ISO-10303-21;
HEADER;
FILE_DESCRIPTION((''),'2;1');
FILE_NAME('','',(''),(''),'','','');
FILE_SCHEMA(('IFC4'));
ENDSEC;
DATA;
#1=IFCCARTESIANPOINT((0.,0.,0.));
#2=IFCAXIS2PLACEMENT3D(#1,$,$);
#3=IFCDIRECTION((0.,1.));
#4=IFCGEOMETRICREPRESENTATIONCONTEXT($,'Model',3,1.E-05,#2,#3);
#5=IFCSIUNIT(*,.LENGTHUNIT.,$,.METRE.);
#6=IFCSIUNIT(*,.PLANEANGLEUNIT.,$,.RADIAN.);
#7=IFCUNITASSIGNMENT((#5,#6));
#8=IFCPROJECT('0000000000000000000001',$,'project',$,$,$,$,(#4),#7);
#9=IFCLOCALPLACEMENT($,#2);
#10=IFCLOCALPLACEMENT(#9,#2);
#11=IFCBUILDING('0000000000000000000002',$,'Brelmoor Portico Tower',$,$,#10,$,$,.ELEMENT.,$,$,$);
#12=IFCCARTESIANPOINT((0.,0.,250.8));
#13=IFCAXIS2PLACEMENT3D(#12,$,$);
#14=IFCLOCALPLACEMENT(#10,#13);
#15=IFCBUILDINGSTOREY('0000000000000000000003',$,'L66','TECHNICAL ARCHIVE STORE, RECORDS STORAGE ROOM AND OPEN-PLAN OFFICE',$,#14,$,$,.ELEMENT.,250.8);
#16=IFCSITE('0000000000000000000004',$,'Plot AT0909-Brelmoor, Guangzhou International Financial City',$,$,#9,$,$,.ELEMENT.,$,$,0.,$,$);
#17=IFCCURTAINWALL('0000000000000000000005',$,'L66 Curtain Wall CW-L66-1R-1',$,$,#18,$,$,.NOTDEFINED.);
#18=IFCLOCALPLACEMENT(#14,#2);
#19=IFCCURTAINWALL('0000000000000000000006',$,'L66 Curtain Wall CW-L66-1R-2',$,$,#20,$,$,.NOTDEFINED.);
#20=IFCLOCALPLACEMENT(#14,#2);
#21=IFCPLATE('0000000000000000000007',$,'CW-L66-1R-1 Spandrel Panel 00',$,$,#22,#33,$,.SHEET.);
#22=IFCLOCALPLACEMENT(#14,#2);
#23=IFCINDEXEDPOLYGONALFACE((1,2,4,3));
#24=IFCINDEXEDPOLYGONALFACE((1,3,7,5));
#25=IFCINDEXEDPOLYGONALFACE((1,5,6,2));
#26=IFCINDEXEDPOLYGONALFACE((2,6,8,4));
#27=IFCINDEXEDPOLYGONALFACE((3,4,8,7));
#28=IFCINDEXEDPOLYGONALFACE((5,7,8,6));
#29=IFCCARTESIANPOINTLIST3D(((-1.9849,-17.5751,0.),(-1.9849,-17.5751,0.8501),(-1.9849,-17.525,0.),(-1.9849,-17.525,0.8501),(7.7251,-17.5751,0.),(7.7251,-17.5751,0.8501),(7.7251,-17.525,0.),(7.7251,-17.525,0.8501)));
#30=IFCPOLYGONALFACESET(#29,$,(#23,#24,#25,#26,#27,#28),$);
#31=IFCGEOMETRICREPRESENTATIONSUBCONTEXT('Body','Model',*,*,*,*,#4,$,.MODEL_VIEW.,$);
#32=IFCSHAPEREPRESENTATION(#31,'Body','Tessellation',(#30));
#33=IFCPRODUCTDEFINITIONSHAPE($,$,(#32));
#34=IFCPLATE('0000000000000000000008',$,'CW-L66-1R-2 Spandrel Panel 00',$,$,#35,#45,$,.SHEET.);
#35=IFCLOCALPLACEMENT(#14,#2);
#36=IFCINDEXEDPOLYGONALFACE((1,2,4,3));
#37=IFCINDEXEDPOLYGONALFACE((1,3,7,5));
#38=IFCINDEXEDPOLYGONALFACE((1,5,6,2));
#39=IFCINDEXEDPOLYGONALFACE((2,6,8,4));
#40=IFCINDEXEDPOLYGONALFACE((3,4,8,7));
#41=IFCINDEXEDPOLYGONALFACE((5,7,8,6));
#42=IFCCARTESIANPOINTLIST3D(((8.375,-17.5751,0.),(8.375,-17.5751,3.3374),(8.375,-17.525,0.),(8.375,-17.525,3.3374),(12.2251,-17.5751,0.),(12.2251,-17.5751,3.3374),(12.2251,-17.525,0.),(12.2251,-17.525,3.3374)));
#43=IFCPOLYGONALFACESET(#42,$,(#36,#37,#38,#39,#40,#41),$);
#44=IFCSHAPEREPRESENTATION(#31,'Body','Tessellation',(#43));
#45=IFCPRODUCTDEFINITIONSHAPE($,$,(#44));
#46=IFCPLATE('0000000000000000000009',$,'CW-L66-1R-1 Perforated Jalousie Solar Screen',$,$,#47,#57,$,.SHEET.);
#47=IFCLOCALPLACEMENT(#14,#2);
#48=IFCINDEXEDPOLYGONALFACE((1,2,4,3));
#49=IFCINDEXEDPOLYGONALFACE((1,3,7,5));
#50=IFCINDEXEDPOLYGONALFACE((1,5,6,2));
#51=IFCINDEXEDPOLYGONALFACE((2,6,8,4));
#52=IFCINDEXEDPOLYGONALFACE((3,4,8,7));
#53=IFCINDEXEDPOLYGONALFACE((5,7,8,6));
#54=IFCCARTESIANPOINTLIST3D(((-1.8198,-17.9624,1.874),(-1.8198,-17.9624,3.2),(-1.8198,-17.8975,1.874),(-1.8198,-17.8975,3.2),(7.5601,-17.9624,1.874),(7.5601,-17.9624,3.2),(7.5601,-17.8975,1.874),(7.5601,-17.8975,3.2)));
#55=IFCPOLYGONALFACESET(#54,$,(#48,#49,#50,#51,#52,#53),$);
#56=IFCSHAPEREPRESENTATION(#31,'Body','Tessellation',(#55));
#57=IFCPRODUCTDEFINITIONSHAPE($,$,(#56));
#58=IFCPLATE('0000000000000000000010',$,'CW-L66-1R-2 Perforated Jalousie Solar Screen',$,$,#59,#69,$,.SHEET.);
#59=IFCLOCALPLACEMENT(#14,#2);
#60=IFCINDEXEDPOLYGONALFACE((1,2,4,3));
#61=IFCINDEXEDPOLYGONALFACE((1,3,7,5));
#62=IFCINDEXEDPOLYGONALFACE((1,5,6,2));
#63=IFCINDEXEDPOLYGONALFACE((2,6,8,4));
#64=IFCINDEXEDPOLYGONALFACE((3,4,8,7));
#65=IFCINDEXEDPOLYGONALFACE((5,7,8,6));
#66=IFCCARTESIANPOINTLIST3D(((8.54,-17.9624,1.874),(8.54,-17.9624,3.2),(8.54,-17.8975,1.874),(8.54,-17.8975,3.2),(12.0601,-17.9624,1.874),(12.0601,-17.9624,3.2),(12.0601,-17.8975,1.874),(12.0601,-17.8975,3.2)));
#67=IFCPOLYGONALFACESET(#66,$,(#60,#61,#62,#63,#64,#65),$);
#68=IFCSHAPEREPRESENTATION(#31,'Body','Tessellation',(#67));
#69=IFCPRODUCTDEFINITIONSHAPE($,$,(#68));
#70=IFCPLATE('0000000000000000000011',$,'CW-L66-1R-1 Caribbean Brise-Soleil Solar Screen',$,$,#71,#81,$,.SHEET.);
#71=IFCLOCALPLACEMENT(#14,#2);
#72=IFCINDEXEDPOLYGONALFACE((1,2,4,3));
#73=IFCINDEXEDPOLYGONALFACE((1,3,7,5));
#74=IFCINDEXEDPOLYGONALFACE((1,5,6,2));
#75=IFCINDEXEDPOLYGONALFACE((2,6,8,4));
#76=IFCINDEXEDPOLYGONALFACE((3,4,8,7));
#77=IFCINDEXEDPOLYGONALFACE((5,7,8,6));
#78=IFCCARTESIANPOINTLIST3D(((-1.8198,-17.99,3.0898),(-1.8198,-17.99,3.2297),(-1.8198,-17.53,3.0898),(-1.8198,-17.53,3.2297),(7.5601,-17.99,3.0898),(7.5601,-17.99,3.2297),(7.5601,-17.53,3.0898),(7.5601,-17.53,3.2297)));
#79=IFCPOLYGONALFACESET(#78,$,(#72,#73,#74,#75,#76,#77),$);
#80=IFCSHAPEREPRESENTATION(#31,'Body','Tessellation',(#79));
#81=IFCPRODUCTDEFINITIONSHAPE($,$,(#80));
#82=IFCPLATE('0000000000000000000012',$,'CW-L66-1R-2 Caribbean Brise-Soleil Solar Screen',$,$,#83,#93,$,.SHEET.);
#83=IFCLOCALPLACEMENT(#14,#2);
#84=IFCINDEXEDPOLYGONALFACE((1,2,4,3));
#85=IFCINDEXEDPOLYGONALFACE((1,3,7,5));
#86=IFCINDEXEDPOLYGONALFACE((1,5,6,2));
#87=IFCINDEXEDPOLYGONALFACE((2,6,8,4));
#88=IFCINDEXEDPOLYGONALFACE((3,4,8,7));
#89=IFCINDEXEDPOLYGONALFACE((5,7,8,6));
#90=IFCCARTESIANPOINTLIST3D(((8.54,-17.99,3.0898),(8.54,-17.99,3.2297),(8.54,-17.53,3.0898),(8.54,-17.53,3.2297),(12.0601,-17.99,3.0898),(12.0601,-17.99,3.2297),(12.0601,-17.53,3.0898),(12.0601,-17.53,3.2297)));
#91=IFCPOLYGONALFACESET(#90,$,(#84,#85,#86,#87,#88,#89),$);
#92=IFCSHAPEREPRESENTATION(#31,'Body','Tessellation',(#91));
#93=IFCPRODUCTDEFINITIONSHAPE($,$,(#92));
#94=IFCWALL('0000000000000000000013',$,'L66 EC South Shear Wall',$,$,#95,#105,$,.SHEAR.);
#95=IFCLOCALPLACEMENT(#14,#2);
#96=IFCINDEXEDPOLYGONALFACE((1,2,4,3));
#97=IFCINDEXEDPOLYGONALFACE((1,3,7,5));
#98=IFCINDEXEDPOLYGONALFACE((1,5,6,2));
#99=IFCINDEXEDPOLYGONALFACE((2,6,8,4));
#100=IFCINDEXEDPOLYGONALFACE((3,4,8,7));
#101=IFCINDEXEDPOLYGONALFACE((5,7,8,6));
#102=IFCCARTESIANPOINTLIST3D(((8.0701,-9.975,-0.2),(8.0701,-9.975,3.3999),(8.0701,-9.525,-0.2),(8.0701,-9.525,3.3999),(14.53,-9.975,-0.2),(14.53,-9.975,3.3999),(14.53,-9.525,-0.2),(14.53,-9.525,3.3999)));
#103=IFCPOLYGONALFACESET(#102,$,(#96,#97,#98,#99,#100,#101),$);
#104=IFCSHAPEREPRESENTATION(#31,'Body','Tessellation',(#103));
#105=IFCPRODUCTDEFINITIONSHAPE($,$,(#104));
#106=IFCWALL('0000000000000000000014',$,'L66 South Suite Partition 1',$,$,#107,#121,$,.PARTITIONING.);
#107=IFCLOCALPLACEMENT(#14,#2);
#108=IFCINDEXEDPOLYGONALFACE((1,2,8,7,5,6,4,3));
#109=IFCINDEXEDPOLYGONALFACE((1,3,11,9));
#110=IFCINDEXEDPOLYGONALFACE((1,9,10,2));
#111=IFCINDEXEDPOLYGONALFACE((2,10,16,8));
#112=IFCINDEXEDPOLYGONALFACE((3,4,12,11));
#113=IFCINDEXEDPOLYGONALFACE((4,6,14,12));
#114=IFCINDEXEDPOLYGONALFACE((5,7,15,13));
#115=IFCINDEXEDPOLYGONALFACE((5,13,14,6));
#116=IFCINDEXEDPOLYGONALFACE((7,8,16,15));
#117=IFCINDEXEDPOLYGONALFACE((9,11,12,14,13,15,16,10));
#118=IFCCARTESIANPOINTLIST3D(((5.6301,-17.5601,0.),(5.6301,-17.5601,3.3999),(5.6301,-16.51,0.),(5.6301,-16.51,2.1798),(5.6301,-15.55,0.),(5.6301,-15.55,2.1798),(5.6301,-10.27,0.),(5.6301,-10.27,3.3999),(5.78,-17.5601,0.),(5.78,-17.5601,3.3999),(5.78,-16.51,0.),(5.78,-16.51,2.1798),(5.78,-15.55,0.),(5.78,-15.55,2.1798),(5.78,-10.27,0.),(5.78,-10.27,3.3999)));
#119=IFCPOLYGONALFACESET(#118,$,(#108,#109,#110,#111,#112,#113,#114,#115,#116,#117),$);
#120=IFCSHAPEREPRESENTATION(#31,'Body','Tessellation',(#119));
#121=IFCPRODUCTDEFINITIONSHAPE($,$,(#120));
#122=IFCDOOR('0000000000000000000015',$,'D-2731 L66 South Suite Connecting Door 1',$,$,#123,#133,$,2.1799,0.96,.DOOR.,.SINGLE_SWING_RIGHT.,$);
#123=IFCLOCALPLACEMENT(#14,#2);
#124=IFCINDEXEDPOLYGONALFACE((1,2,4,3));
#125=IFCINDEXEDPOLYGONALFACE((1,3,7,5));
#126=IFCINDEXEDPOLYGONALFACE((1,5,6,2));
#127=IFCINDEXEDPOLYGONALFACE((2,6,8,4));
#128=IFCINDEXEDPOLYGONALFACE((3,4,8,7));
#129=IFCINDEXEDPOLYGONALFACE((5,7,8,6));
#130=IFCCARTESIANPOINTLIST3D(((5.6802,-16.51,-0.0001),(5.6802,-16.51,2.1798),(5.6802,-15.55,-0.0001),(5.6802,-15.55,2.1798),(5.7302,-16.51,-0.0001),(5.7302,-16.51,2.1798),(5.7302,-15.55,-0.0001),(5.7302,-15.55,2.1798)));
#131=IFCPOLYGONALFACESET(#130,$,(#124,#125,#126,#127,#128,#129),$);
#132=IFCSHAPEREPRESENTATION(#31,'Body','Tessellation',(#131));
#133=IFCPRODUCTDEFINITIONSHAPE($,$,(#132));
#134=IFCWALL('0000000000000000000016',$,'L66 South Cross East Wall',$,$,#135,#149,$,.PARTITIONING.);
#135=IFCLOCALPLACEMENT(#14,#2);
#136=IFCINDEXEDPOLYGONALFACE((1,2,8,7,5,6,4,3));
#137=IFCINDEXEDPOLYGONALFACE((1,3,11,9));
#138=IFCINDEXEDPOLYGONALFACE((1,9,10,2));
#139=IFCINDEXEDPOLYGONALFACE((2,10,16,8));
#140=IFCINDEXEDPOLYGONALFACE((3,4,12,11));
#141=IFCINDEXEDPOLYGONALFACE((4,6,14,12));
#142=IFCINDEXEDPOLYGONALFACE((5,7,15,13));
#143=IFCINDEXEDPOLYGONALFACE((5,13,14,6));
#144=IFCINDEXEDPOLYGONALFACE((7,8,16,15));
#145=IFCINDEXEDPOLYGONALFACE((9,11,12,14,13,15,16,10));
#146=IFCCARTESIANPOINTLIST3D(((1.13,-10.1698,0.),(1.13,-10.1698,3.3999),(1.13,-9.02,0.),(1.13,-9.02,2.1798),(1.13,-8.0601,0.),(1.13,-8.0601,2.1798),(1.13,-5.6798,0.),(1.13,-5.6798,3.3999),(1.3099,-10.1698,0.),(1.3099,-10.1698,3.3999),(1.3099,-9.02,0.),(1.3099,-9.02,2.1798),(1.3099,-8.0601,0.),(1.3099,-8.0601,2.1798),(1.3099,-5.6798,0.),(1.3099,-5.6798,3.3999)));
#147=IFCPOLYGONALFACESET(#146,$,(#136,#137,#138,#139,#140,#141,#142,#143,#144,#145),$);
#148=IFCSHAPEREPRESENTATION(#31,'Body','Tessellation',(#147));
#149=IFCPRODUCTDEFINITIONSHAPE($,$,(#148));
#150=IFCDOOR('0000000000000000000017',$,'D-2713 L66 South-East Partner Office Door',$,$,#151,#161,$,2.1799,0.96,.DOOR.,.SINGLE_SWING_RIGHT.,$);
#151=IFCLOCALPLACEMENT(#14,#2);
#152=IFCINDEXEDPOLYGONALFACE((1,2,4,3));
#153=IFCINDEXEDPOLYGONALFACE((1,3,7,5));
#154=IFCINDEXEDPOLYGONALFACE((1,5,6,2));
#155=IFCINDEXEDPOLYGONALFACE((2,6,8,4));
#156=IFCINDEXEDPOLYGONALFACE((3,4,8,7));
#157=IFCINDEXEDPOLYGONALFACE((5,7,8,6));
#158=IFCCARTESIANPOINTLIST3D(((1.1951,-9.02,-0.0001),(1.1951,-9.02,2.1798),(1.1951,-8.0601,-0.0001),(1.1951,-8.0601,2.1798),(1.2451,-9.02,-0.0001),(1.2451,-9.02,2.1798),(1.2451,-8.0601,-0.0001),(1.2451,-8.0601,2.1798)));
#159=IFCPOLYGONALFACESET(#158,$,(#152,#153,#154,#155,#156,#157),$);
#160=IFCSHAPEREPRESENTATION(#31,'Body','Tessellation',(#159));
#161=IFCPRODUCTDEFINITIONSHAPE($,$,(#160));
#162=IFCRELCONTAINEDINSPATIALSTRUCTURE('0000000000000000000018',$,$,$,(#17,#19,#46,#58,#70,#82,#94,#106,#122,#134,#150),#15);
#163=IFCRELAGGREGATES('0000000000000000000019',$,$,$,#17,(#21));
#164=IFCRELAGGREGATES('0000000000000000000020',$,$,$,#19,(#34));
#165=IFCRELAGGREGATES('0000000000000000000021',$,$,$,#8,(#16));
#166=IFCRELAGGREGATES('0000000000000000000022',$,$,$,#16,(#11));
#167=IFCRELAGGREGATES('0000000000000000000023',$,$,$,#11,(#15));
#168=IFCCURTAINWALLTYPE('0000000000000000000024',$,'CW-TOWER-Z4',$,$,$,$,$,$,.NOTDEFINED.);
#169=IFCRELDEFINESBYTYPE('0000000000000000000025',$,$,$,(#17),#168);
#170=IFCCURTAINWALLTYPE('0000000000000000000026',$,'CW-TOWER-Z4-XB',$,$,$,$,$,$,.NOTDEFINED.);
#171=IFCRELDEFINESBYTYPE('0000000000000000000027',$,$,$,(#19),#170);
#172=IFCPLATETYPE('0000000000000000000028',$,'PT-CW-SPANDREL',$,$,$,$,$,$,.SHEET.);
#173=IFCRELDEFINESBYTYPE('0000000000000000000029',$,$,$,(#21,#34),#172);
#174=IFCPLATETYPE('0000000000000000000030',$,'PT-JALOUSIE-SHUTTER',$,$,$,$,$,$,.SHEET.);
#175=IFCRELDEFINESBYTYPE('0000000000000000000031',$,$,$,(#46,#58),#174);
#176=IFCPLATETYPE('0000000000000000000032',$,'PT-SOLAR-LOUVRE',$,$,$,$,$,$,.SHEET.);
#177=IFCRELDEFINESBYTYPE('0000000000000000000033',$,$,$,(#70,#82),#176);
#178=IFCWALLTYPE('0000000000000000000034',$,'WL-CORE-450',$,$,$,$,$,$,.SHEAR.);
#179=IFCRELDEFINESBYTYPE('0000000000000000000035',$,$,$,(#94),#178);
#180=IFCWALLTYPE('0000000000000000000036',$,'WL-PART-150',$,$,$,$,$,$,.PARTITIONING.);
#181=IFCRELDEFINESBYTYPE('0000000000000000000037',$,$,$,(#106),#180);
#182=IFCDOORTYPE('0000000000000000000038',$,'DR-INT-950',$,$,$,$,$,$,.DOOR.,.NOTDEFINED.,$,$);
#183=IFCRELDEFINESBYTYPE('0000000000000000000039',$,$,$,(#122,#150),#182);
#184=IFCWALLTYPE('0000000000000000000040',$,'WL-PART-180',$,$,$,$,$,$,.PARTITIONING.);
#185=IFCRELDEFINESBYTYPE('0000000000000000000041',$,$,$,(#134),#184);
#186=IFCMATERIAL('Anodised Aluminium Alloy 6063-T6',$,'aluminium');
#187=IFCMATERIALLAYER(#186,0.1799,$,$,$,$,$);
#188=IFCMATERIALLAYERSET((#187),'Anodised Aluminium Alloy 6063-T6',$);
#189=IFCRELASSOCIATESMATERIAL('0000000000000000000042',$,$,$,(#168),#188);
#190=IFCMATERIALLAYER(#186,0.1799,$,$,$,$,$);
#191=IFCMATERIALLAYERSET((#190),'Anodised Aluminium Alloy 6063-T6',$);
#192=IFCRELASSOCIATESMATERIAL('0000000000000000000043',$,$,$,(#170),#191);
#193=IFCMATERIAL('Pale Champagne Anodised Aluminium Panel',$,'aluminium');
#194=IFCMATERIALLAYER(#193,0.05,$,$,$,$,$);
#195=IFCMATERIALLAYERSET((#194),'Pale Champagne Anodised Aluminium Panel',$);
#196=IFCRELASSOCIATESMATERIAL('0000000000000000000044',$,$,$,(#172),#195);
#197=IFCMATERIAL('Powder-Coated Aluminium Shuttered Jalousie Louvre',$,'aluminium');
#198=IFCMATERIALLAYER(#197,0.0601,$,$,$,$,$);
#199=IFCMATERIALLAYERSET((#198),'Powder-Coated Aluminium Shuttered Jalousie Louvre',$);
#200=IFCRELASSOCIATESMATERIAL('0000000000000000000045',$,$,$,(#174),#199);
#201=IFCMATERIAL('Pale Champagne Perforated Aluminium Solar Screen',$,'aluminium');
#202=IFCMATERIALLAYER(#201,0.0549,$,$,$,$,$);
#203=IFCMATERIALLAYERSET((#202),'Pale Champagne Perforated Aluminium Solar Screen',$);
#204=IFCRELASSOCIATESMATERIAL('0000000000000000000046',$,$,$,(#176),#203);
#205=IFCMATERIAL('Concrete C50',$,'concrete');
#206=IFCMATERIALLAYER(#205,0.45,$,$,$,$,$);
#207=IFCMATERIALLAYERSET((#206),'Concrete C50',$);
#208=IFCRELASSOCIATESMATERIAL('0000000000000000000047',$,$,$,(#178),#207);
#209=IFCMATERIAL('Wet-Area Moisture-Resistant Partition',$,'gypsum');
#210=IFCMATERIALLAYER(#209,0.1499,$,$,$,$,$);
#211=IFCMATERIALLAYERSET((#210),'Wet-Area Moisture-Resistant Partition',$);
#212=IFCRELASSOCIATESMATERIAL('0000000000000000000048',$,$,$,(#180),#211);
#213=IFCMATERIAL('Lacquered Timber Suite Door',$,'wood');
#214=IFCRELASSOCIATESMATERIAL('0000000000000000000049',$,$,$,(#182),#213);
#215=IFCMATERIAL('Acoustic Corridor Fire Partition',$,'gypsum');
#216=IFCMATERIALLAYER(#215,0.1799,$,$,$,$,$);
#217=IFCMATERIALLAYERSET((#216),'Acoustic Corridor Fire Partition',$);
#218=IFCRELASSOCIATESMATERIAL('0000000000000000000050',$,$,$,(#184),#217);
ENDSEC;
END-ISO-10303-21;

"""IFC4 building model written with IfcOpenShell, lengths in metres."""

from ifc_helpers import new_model, si_unit, direction, frame, frame_2d, origin, origin_2d, place, context, subcontext, project, spatial, rectangle, extrude, material, layer, layer_set, type_object, element, fill, aggregate, save


model = new_model("IFC4")

# Units and contexts
model_context = context("Model", 3, precision=1e-05, world=origin(), true_north=direction((0.0, 1.0)))
body_context = subcontext(model_context, "Body", "Model", "MODEL_VIEW")
ifc_project = project(units=[si_unit("LENGTHUNIT", "METRE"), si_unit("PLANEANGLEUNIT", "RADIAN")], contexts=[model_context])

# Site, building, storey
site_placement = place(None, origin())
site = spatial("IfcSite", under=ifc_project, at=site_placement, Name="Plot AT0909-Brelmoor, Guangzhou International Financial City", CompositionType="ELEMENT", RefElevation=0.0)
building_placement = place(site_placement, origin())
building = spatial("IfcBuilding", under=site, at=building_placement, Name="Brelmoor Portico Tower", CompositionType="ELEMENT")
storey_placement = place(building_placement, frame((0.0, 0.0, 250.8)))
storey = spatial("IfcBuildingStorey", under=building, at=storey_placement, Name="L66", Description="TECHNICAL ARCHIVE STORE, RECORDS STORAGE ROOM AND OPEN-PLAN OFFICE", CompositionType="ELEMENT", Elevation=250.8)

# Curtain wall
ifc_material_1 = material(Name="Anodised Aluminium Alloy 6063-T6", Category="aluminium")
ifc_layer_1 = layer(ifc_material_1, 0.1799)
ifc_layer_set_1 = layer_set([ifc_layer_1], Name="Anodised Aluminium Alloy 6063-T6")
curtain_wall_type_1 = type_object("IfcCurtainWallType", Name="CW-TOWER-Z4", PredefinedType="NOTDEFINED", material=ifc_layer_set_1)
curtain_wall_1_placement = place(storey_placement, origin())
curtain_wall_1 = element("IfcCurtainWall", 1, at=curtain_wall_1_placement, inside=storey, type_object=curtain_wall_type_1, Name="L66 Curtain Wall CW-L66-1R-1", PredefinedType="NOTDEFINED")

# Curtain wall
ifc_layer_2 = layer(ifc_material_1, 0.1799)
ifc_layer_set_2 = layer_set([ifc_layer_2], Name="Anodised Aluminium Alloy 6063-T6")
curtain_wall_type_2 = type_object("IfcCurtainWallType", Name="CW-TOWER-Z4-XB", PredefinedType="NOTDEFINED", material=ifc_layer_set_2)
curtain_wall_2_placement = place(storey_placement, origin())
curtain_wall_2 = element("IfcCurtainWall", 2, at=curtain_wall_2_placement, inside=storey, type_object=curtain_wall_type_2, Name="L66 Curtain Wall CW-L66-1R-2", PredefinedType="NOTDEFINED")

# Plates
ifc_material_2 = material(Name="Pale Champagne Anodised Aluminium Panel", Category="aluminium")
ifc_layer_3 = layer(ifc_material_2, 0.05)
ifc_layer_set_3 = layer_set([ifc_layer_3], Name="Pale Champagne Anodised Aluminium Panel")
plate_type_1 = type_object("IfcPlateType", Name="PT-CW-SPANDREL", PredefinedType="SHEET", material=ifc_layer_set_3)
plate_1_placement = place(storey_placement, frame((2.8701, -17.55, 0.0), z_axis=(0.0, 0.0, 1.0), x_axis=(1.0, 0.0, 0.0)))
plate_1 = element("IfcPlate", 3, at=plate_1_placement, type_object=plate_type_1, Name="CW-L66-1R-1 Spandrel Panel 00", PredefinedType="SHEET", context=body_context, shape_type="SweptSolid", body=[
    extrude(rectangle(XDim=9.71, YDim=0.05, at=origin_2d()), origin(), (0.0, 0.0, 1.0), 0.8501),
])
aggregate(curtain_wall_1, [plate_1])
plate_2_placement = place(storey_placement, frame((10.3, -17.55, 0.0), z_axis=(0.0, 0.0, 1.0), x_axis=(1.0, 0.0, 0.0)))
plate_2 = element("IfcPlate", 4, at=plate_2_placement, type_object=plate_type_1, Name="CW-L66-1R-2 Spandrel Panel 00", PredefinedType="SHEET", context=body_context, shape_type="SweptSolid", body=[
    extrude(rectangle(XDim=3.8501, YDim=0.05, at=origin_2d()), origin(), (0.0, 0.0, 1.0), 3.3374),
])
aggregate(curtain_wall_2, [plate_2])

# Plates
ifc_material_3 = material(Name="Powder-Coated Aluminium Shuttered Jalousie Louvre", Category="aluminium")
ifc_layer_4 = layer(ifc_material_3, 0.0601)
ifc_layer_set_4 = layer_set([ifc_layer_4], Name="Powder-Coated Aluminium Shuttered Jalousie Louvre")
plate_type_2 = type_object("IfcPlateType", Name="PT-JALOUSIE-SHUTTER", PredefinedType="SHEET", material=ifc_layer_set_4)
plate_3_placement = place(storey_placement, frame((2.8701, -17.9299, 1.874), z_axis=(0.0, 0.0, 1.0), x_axis=(1.0, 0.0, 0.0)))
element("IfcPlate", 5, at=plate_3_placement, inside=storey, type_object=plate_type_2, Name="CW-L66-1R-1 Perforated Jalousie Solar Screen", PredefinedType="SHEET", context=body_context, shape_type="SweptSolid", body=[
    extrude(rectangle(XDim=9.3799, YDim=0.0649, at=origin_2d()), origin(), (0.0, 0.0, 1.0), 1.3259),
])
plate_4_placement = place(storey_placement, frame((10.3, -17.9299, 1.874), z_axis=(0.0, 0.0, 1.0), x_axis=(1.0, 0.0, 0.0)))
element("IfcPlate", 6, at=plate_4_placement, inside=storey, type_object=plate_type_2, Name="CW-L66-1R-2 Perforated Jalousie Solar Screen", PredefinedType="SHEET", context=body_context, shape_type="SweptSolid", body=[
    extrude(rectangle(XDim=3.52, YDim=0.0649, at=origin_2d()), origin(), (0.0, 0.0, 1.0), 1.3259),
])
ifc_material_4 = material(Name="Pale Champagne Perforated Aluminium Solar Screen", Category="aluminium")
ifc_layer_5 = layer(ifc_material_4, 0.0549)
ifc_layer_set_5 = layer_set([ifc_layer_5], Name="Pale Champagne Perforated Aluminium Solar Screen")
plate_type_3 = type_object("IfcPlateType", Name="PT-SOLAR-LOUVRE", PredefinedType="SHEET", material=ifc_layer_set_5)
plate_5_placement = place(storey_placement, frame((2.8701, -17.76, 3.0898), z_axis=(0.0, 0.0, 1.0), x_axis=(1.0, 0.0, 0.0)))
element("IfcPlate", 7, at=plate_5_placement, inside=storey, type_object=plate_type_3, Name="CW-L66-1R-1 Caribbean Brise-Soleil Solar Screen", PredefinedType="SHEET", context=body_context, shape_type="SweptSolid", body=[
    extrude(rectangle(XDim=9.3799, YDim=0.46, at=origin_2d()), origin(), (0.0, 0.0, 1.0), 0.1399),
])
plate_6_placement = place(storey_placement, frame((10.3, -17.76, 3.0898), z_axis=(0.0, 0.0, 1.0), x_axis=(1.0, 0.0, 0.0)))
element("IfcPlate", 8, at=plate_6_placement, inside=storey, type_object=plate_type_3, Name="CW-L66-1R-2 Caribbean Brise-Soleil Solar Screen", PredefinedType="SHEET", context=body_context, shape_type="SweptSolid", body=[
    extrude(rectangle(XDim=3.52, YDim=0.46, at=origin_2d()), origin(), (0.0, 0.0, 1.0), 0.1399),
])

# Wall
ifc_material_5 = material(Name="Concrete C50", Category="concrete")
ifc_layer_6 = layer(ifc_material_5, 0.45)
ifc_layer_set_6 = layer_set([ifc_layer_6], Name="Concrete C50")
wall_type_1 = type_object("IfcWallType", Name="WL-CORE-450", PredefinedType="SHEAR", material=ifc_layer_set_6)
wall_1_placement = place(storey_placement, frame((8.0701, -9.75, -0.2), z_axis=(0.0, 0.0, 1.0), x_axis=(1.0, 0.0, 0.0)))
element("IfcWall", 9, at=wall_1_placement, inside=storey, type_object=wall_type_1, Name="L66 EC South Shear Wall", PredefinedType="SHEAR", context=body_context, shape_type="SweptSolid", body=[
    extrude(rectangle(XDim=6.46, YDim=0.45, at=frame_2d((3.23, 0.0))), origin(), (0.0, 0.0, 1.0), 3.5999),
])

# Walls, openings, doors
ifc_material_6 = material(Name="Wet-Area Moisture-Resistant Partition", Category="gypsum")
ifc_layer_7 = layer(ifc_material_6, 0.1499)
ifc_layer_set_7 = layer_set([ifc_layer_7], Name="Wet-Area Moisture-Resistant Partition")
wall_type_2 = type_object("IfcWallType", Name="WL-PART-150", PredefinedType="PARTITIONING", material=ifc_layer_set_7)
wall_2_placement = place(storey_placement, frame((5.7051, -17.5601, 0.0), z_axis=(0.0, 0.0, 1.0), x_axis=(0.0, 1.0, 0.0)))
wall_2 = element("IfcWall", 10, at=wall_2_placement, inside=storey, type_object=wall_type_2, Name="L66 South Suite Partition 1", PredefinedType="PARTITIONING", context=body_context, shape_type="SweptSolid", body=[
    extrude(rectangle(XDim=7.29, YDim=0.1499, at=frame_2d((3.645, 0.0))), origin(), (0.0, 0.0, 1.0), 3.3999),
])
opening_1_placement = place(wall_2_placement, frame((1.05, 0.0, 0.0)))
opening_1 = element("IfcOpeningElement", 11, at=opening_1_placement, cuts=wall_2, PredefinedType="OPENING", context=body_context, shape_type="SweptSolid", body=[
    extrude(rectangle(XDim=0.96, YDim=2.1799, at=frame_2d((0.48, 1.0898))), frame((0.0, 0.085, 0.0), z_axis=(0.0, -1.0, 0.0), x_axis=(1.0, 0.0, 0.0)), (0.0, 0.0, 1.0), 0.1699),
])
ifc_material_7 = material(Name="Lacquered Timber Suite Door", Category="wood")
door_type_1 = type_object("IfcDoorType", Name="DR-INT-950", OperationType="NOTDEFINED", PredefinedType="DOOR", material=ifc_material_7)
door_1_placement = place(opening_1_placement, origin())
door_1 = element("IfcDoor", 12, at=door_1_placement, inside=storey, type_object=door_type_1, Name="D-2731 L66 South Suite Connecting Door 1", OperationType="SINGLE_SWING_RIGHT", OverallHeight=2.1799, OverallWidth=0.96, PredefinedType="DOOR", context=body_context, shape_type="SweptSolid", body=[
    extrude(rectangle(XDim=0.96, YDim=2.1799, at=frame_2d((0.48, 1.0898))), frame((0.0, 0.0249, 0.0), z_axis=(0.0, -1.0, 0.0), x_axis=(1.0, 0.0, 0.0)), (0.0, 0.0, 1.0), 0.05),
])
fill(opening_1, door_1)
ifc_material_8 = material(Name="Acoustic Corridor Fire Partition", Category="gypsum")
ifc_layer_8 = layer(ifc_material_8, 0.1799)
ifc_layer_set_8 = layer_set([ifc_layer_8], Name="Acoustic Corridor Fire Partition")
wall_type_3 = type_object("IfcWallType", Name="WL-PART-180", PredefinedType="PARTITIONING", material=ifc_layer_set_8)
wall_3_placement = place(storey_placement, frame((1.22, -10.1699, 0.0), z_axis=(0.0, 0.0, 1.0), x_axis=(0.0, 1.0, 0.0)))
wall_3 = element("IfcWall", 13, at=wall_3_placement, inside=storey, type_object=wall_type_3, Name="L66 South Cross East Wall", PredefinedType="PARTITIONING", context=body_context, shape_type="SweptSolid", body=[
    extrude(rectangle(XDim=4.49, YDim=0.1799, at=frame_2d((2.2451, 0.0))), origin(), (0.0, 0.0, 1.0), 3.3999),
])
opening_2_placement = place(wall_3_placement, frame((1.1499, 0.0, 0.0)))
opening_2 = element("IfcOpeningElement", 14, at=opening_2_placement, cuts=wall_3, PredefinedType="OPENING", context=body_context, shape_type="SweptSolid", body=[
    extrude(rectangle(XDim=0.96, YDim=2.1799, at=frame_2d((0.48, 1.0898))), frame((0.0, 0.0999, 0.0), z_axis=(0.0, -1.0, 0.0), x_axis=(1.0, 0.0, 0.0)), (0.0, 0.0, 1.0), 0.2),
])
door_2_placement = place(opening_2_placement, origin())
door_2 = element("IfcDoor", 15, at=door_2_placement, inside=storey, type_object=door_type_1, Name="D-2713 L66 South-East Partner Office Door", OperationType="SINGLE_SWING_RIGHT", OverallHeight=2.1799, OverallWidth=0.96, PredefinedType="DOOR", context=body_context, shape_type="SweptSolid", body=[
    extrude(rectangle(XDim=0.96, YDim=2.1799, at=frame_2d((0.48, 1.0898))), frame((0.0, 0.0249, 0.0), z_axis=(0.0, -1.0, 0.0), x_axis=(1.0, 0.0, 0.0)), (0.0, 0.0, 1.0), 0.05),
])
fill(opening_2, door_2)

save(model, "model.ifc")
